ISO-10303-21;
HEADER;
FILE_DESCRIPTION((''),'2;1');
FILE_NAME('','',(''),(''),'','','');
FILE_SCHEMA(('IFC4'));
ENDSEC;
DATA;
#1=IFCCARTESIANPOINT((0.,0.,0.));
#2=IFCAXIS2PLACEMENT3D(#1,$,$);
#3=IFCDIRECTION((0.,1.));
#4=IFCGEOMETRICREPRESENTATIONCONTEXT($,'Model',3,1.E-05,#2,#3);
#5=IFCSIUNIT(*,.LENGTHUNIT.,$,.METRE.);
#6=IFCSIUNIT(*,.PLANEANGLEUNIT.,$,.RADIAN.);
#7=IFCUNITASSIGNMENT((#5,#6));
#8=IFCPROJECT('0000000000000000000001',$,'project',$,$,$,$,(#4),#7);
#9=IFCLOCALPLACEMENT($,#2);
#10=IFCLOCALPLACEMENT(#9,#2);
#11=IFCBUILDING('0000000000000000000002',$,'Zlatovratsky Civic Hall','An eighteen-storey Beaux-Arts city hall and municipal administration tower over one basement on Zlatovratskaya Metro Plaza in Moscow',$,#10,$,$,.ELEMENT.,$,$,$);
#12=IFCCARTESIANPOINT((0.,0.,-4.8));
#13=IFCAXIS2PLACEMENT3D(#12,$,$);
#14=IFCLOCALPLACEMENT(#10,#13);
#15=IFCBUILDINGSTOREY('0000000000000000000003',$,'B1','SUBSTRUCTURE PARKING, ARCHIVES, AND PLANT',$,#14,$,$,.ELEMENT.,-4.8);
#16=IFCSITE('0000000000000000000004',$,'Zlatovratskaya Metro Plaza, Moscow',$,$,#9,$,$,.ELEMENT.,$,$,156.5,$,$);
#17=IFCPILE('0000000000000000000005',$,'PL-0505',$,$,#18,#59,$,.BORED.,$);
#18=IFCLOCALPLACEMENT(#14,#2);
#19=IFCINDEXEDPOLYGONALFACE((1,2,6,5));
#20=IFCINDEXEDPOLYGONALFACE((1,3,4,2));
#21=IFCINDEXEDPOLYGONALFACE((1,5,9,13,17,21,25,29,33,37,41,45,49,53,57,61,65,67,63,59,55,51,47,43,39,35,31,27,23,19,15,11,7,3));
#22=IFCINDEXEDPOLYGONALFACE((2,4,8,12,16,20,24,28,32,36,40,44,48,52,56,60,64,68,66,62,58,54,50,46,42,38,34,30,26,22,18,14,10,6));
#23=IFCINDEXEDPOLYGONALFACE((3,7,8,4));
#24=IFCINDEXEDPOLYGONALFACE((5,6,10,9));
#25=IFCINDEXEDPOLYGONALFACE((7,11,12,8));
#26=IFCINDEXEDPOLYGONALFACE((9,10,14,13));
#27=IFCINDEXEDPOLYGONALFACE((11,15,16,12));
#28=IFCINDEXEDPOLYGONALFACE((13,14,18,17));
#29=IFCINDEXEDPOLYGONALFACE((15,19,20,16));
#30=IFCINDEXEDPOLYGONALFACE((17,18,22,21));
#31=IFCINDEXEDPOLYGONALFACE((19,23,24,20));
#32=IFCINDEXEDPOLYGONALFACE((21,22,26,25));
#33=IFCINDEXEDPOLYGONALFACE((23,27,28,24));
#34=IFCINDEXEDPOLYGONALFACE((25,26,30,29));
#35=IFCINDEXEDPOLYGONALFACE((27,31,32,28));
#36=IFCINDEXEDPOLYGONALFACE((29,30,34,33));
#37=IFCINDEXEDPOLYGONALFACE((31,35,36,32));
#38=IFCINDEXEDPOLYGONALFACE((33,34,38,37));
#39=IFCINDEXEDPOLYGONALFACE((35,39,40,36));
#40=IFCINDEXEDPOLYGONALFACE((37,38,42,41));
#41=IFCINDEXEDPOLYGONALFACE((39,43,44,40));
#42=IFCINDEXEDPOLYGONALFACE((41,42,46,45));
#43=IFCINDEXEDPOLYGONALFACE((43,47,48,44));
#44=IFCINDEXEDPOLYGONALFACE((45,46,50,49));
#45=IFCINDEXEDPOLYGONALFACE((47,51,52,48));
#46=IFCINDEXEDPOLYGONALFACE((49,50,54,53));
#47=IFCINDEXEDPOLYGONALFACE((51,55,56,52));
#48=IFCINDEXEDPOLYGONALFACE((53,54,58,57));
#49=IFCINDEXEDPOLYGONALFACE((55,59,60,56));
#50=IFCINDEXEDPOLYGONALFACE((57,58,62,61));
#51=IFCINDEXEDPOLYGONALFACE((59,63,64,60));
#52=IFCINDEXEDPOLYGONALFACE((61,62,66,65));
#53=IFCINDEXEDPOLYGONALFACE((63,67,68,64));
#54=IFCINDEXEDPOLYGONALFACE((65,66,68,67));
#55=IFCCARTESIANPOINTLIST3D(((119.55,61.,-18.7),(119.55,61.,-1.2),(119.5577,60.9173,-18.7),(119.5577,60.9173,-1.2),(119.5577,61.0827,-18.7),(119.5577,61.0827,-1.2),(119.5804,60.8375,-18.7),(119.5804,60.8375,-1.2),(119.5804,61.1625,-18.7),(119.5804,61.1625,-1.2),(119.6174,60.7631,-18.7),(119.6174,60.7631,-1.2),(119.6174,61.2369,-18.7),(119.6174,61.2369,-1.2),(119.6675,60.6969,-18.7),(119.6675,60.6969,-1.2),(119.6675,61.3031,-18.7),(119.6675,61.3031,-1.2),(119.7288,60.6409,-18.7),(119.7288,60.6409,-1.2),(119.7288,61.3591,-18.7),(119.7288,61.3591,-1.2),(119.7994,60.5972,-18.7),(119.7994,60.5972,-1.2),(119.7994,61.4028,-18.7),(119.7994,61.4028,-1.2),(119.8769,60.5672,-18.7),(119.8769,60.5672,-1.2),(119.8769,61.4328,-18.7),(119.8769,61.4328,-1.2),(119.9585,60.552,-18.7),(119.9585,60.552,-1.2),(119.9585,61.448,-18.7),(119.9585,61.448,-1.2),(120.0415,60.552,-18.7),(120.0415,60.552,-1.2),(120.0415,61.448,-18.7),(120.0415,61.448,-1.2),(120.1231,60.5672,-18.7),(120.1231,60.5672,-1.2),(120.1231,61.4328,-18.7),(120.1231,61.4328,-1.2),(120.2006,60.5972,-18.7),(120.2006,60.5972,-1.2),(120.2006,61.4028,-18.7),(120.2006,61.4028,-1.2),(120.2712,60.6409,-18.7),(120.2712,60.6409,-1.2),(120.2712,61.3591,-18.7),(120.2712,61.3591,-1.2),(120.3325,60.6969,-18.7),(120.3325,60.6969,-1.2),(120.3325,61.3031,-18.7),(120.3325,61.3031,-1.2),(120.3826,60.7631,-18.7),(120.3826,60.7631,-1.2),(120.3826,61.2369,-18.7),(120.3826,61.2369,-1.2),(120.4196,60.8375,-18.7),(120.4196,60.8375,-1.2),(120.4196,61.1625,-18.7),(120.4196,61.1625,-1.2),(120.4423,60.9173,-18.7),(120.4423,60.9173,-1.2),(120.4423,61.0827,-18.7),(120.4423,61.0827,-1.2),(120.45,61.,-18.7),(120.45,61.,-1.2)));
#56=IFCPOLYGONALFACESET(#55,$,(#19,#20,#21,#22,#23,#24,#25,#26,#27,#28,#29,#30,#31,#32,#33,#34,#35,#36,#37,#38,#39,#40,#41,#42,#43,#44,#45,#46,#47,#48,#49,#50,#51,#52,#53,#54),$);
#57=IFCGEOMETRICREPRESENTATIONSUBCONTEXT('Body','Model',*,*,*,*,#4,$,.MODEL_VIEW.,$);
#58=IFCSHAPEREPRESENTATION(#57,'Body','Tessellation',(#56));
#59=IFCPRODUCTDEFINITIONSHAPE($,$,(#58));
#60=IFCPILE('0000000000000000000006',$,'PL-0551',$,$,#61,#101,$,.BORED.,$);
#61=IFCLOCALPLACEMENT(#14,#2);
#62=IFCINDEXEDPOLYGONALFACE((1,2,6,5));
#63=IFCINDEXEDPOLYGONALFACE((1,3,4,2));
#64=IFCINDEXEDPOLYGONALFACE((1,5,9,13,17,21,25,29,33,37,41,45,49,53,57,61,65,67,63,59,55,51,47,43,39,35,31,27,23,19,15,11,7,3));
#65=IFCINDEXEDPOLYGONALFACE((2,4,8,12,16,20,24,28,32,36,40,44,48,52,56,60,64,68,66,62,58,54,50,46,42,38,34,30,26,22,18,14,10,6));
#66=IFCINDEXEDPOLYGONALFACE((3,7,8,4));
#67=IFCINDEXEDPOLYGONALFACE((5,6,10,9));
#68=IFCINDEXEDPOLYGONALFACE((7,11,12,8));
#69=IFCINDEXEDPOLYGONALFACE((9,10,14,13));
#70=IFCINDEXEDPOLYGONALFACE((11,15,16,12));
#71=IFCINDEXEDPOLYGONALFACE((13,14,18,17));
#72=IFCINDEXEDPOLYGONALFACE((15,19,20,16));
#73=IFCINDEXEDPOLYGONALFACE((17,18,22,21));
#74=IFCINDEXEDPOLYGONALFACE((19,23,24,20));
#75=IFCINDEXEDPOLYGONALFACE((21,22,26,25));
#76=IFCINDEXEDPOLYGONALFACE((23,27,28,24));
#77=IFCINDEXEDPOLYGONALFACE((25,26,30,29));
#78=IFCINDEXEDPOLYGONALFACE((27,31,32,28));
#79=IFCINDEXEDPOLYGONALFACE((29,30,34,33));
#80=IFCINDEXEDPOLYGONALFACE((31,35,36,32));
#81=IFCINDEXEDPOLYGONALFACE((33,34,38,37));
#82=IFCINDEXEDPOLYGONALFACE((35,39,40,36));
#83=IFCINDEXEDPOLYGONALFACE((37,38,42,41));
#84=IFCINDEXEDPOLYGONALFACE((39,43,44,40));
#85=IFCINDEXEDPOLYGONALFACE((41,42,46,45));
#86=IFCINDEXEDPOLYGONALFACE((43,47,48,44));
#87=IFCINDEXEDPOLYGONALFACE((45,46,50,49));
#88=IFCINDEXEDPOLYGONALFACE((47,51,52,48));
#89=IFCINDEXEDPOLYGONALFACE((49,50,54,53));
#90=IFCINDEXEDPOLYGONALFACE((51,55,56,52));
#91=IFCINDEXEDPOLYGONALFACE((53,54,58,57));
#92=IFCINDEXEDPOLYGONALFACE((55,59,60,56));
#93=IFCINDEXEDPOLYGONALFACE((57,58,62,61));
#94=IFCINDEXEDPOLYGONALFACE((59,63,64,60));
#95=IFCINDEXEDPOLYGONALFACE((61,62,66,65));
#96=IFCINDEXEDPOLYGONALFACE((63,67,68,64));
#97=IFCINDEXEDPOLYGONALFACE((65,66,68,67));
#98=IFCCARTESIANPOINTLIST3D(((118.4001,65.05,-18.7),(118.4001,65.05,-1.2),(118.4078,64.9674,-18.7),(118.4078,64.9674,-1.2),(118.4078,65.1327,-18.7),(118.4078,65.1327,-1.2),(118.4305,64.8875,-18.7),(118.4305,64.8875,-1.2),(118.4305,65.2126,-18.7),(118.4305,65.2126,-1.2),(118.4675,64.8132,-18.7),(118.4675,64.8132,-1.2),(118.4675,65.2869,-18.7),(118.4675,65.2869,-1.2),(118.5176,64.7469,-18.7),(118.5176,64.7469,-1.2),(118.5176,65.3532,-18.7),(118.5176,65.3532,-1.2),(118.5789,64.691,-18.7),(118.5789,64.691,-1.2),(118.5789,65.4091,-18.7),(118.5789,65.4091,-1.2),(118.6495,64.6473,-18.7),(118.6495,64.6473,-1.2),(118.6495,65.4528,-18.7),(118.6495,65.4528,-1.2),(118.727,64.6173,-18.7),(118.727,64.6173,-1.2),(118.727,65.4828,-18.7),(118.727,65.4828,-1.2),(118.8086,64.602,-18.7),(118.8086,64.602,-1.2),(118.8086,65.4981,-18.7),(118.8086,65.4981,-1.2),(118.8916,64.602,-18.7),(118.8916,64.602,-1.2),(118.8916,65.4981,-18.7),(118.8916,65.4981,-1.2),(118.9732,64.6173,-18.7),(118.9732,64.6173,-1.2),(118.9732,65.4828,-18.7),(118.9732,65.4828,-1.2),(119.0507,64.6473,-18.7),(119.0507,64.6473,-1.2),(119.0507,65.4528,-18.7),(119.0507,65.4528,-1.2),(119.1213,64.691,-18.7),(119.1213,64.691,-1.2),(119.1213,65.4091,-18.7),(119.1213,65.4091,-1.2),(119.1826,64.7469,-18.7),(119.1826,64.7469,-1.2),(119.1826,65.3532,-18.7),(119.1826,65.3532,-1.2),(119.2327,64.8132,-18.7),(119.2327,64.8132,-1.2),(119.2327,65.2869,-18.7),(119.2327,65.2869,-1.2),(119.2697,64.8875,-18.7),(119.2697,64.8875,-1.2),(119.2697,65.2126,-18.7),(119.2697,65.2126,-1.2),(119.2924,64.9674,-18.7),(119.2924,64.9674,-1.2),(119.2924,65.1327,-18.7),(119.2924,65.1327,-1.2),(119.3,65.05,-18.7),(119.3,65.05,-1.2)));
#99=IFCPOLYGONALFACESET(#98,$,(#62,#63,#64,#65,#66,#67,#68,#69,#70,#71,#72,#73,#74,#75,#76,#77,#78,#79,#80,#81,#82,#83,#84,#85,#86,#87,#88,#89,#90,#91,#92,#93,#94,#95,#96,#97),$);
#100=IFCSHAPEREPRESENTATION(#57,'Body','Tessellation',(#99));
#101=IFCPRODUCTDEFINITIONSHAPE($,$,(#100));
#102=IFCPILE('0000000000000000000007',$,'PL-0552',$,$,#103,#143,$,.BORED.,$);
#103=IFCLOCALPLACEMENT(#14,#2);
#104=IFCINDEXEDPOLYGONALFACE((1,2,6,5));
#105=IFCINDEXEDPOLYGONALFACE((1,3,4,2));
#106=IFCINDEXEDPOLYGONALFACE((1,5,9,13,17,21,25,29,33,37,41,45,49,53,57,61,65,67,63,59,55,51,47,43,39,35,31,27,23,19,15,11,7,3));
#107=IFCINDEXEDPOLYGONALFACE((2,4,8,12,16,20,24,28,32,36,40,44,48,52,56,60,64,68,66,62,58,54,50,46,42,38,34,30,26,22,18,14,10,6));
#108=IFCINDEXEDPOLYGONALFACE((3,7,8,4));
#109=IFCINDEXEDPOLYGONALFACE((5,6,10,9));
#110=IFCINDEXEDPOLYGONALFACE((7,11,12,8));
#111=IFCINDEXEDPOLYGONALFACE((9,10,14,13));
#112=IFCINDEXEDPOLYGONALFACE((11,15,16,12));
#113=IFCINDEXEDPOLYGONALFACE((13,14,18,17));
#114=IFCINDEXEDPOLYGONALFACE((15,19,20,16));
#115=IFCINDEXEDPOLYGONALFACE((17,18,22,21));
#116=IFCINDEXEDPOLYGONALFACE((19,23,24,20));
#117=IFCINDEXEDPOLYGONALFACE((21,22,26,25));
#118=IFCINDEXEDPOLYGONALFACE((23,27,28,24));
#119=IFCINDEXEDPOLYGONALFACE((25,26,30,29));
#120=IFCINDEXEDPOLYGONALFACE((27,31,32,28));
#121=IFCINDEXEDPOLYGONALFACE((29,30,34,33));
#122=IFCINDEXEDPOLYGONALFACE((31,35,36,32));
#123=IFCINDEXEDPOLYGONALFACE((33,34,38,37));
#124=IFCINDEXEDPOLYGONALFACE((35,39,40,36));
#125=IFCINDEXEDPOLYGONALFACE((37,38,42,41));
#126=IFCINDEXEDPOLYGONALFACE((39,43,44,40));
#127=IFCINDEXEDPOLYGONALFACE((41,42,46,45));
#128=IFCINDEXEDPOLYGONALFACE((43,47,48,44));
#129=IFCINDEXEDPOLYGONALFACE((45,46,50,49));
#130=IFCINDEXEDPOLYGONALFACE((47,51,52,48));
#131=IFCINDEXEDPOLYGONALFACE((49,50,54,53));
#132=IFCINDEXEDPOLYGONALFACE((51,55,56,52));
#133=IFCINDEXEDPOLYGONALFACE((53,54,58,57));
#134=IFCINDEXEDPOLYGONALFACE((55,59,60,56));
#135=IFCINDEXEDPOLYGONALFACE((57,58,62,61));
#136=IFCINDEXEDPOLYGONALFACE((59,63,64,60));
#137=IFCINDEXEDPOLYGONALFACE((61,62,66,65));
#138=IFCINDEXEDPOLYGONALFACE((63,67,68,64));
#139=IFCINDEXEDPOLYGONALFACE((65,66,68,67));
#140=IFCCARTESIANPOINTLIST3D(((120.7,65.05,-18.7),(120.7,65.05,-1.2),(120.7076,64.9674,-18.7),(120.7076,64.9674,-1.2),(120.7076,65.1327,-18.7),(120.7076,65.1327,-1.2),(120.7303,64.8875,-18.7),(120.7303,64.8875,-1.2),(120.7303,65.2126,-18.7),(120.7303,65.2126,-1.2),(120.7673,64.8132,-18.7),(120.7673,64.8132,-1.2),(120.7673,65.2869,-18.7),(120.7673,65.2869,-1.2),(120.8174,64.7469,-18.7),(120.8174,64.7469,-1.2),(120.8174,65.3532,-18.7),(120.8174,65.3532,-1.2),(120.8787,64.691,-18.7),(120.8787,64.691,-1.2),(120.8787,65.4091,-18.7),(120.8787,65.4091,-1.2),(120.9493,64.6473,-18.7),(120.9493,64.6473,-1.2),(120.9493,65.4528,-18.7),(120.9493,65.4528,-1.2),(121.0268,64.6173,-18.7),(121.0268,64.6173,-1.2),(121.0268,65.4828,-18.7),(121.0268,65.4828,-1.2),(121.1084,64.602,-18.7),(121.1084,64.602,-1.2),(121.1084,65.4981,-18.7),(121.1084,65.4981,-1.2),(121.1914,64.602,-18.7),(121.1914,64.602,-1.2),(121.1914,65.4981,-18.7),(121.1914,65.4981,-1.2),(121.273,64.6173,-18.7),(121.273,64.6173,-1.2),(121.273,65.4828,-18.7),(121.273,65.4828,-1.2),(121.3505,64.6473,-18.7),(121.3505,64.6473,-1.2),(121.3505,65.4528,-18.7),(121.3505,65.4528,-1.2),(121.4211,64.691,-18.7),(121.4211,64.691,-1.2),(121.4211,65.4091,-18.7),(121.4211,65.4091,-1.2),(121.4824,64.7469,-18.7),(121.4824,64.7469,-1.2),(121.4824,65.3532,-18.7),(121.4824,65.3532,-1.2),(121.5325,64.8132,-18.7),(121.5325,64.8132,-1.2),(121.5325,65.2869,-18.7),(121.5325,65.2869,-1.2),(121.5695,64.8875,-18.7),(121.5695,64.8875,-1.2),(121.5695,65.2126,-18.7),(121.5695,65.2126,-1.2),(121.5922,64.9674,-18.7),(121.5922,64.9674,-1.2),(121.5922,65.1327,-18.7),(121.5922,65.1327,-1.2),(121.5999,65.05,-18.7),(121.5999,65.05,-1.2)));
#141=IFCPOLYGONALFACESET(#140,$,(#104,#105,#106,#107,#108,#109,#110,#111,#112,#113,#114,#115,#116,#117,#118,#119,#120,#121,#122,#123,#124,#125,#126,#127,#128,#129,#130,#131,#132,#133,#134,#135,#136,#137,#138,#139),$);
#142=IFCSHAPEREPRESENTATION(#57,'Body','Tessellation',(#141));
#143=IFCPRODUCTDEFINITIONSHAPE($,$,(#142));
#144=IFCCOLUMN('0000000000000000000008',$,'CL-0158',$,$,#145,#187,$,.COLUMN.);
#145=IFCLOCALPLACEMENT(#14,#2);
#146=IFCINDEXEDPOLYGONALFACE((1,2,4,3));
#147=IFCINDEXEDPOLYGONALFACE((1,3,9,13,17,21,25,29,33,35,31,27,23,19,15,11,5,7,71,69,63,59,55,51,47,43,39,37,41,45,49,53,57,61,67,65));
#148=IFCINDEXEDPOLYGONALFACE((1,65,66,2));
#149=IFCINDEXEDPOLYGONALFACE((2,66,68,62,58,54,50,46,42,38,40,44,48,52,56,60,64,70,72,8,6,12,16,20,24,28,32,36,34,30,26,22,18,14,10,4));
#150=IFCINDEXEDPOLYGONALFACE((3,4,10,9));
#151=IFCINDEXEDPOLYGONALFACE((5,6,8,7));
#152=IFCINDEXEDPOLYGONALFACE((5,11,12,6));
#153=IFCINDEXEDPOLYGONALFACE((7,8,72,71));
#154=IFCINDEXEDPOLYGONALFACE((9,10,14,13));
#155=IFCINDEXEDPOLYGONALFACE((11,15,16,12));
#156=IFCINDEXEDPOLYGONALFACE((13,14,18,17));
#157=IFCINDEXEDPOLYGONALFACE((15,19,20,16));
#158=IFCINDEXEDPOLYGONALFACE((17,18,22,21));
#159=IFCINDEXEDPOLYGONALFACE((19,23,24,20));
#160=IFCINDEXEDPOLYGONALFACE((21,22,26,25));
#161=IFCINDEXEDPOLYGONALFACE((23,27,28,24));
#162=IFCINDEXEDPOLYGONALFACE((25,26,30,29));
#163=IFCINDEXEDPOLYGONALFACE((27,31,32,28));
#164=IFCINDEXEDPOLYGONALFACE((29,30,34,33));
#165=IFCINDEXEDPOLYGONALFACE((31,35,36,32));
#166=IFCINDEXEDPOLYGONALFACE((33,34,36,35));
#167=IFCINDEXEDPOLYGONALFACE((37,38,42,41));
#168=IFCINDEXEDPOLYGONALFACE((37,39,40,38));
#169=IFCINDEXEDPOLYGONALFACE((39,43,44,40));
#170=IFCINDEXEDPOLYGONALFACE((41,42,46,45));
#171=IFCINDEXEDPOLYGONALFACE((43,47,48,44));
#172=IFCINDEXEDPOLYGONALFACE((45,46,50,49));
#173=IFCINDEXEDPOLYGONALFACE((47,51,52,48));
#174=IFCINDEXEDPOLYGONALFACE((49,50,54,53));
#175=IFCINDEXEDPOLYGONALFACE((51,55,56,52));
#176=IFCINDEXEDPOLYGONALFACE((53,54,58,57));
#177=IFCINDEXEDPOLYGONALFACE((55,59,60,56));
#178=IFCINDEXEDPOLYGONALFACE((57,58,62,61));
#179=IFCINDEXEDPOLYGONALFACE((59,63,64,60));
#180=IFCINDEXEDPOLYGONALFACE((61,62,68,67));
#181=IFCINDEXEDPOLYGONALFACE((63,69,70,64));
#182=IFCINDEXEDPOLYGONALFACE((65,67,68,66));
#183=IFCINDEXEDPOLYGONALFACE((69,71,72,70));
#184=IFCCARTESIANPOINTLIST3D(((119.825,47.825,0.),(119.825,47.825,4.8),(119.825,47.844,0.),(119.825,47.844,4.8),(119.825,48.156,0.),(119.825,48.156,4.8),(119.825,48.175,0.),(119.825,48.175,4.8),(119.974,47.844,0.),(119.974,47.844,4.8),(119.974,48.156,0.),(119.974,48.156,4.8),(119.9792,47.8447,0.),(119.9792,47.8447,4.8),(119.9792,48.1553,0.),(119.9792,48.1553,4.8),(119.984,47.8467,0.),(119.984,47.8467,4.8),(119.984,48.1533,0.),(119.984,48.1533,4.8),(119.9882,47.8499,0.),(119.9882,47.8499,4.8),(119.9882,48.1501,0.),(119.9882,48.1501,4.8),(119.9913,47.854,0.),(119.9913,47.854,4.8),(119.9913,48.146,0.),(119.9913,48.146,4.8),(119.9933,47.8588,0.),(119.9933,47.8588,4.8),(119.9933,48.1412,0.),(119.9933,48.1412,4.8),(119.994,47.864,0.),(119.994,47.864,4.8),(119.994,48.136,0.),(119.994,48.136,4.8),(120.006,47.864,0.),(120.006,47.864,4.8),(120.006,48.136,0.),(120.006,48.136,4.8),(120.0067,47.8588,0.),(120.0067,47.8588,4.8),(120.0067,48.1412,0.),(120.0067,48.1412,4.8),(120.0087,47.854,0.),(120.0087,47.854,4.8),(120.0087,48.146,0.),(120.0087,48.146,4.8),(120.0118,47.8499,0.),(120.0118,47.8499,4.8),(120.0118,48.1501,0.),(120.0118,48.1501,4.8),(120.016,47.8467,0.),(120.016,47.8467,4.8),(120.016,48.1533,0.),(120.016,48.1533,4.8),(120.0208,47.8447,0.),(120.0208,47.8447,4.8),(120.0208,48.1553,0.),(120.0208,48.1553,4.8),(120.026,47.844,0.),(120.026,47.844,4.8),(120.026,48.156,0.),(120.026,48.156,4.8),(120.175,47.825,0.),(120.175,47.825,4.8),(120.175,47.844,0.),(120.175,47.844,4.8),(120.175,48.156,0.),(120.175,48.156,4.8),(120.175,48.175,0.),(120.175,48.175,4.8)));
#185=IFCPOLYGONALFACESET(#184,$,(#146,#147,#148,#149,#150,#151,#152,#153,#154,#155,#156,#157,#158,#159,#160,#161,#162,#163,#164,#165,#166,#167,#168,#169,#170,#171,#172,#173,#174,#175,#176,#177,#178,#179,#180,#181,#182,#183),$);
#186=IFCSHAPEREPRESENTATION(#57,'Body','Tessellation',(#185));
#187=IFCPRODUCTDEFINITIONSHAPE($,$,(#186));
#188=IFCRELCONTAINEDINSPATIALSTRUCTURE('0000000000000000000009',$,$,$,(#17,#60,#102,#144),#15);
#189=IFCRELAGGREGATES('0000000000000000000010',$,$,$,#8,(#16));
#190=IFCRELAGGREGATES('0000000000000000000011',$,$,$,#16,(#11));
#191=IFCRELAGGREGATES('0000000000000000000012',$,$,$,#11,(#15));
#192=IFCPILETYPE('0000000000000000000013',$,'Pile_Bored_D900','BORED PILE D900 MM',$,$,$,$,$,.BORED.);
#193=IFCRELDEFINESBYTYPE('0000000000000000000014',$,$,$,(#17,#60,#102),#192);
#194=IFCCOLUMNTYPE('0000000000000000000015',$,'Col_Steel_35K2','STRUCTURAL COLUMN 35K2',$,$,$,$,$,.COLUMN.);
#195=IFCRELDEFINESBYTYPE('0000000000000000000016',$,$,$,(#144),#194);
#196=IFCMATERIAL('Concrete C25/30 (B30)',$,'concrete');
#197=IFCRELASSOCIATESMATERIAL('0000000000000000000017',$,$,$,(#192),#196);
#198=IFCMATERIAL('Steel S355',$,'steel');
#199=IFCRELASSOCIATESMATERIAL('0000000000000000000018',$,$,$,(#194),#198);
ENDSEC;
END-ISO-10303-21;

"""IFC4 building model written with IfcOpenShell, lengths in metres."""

from ifc_helpers import new_model, si_unit, direction, frame, origin, origin_2d, place, context, subcontext, project, spatial, circle, i_section, extrude, material, material_profile, profile_set, type_object, element, save


model = new_model("IFC4")

# Units and contexts
model_context = context("Model", 3, precision=1e-05, world=origin(), true_north=direction((0.0, 1.0)))
body_context = subcontext(model_context, "Body", "Model", "MODEL_VIEW")
ifc_project = project(units=[si_unit("LENGTHUNIT", "METRE"), si_unit("PLANEANGLEUNIT", "RADIAN")], contexts=[model_context])

# Site, building, storey
site_placement = place(None, origin())
site = spatial("IfcSite", under=ifc_project, at=site_placement, Name="Zlatovratskaya Metro Plaza, Moscow", CompositionType="ELEMENT", RefElevation=156.5)
building_placement = place(site_placement, origin())
building = spatial("IfcBuilding", under=site, at=building_placement, Name="Zlatovratsky Civic Hall", Description="An eighteen-storey Beaux-Arts city hall and municipal administration tower over one basement on Zlatovratskaya Metro Plaza in Moscow", CompositionType="ELEMENT")
storey_placement = place(building_placement, frame((0.0, 0.0, -4.8)))
storey = spatial("IfcBuildingStorey", under=building, at=storey_placement, Name="B1", Description="SUBSTRUCTURE PARKING, ARCHIVES, AND PLANT", CompositionType="ELEMENT", Elevation=-4.8)

# Shared definitions
ifc_material_1 = material(Name="Concrete C25/30 (B30)", Category="concrete")

# Piles
ifc_material_profile_1 = material_profile(ifc_material_1, circle(Radius=0.45, at=origin_2d()), Name="PILE D900")
ifc_profile_set_1 = profile_set([ifc_material_profile_1], Name="Concrete C25/30 (B30)")
pile_type_1 = type_object("IfcPileType", Name="Pile_Bored_D900", Description="BORED PILE D900 MM", PredefinedType="BORED", material=ifc_profile_set_1)
for number, where, z_axis, x_axis, name in (
    (1, (120.0, 61.0, -1.2), (0.0, 0.0, -1.0), (1.0, 0.0, 0.0), "PL-0505"),
    (2, (118.8501, 65.05, -1.2), (0.0, 0.0, -1.0), (1.0, 0.0, 0.0), "PL-0551"),
    (3, (121.1499, 65.05, -1.2), (0.0, 0.0, -1.0), (1.0, 0.0, 0.0), "PL-0552"),
):
    element("IfcPile", number, at=place(storey_placement, frame(where, z_axis=z_axis, x_axis=x_axis)), inside=storey, type_object=pile_type_1, Name=name, PredefinedType="BORED", context=body_context, shape_type="SweptSolid", body=[
        extrude(circle(Radius=0.45, at=origin_2d()), origin(), (0.0, 0.0, 1.0), 17.5),
    ])

# Column
ifc_material_2 = material(Name="Steel S355", Category="steel")
ifc_material_profile_2 = material_profile(ifc_material_2, i_section(OverallWidth=0.3501, OverallDepth=0.3501, WebThickness=0.012, FlangeThickness=0.019, FilletRadius=0.02, at=origin_2d()), Name="35K2")
ifc_profile_set_2 = profile_set([ifc_material_profile_2], Name="Steel S355")
column_type = type_object("IfcColumnType", Name="Col_Steel_35K2", Description="STRUCTURAL COLUMN 35K2", PredefinedType="COLUMN", material=ifc_profile_set_2)
for number, where, z_axis, x_axis, name in (
    (4, (120.0, 48.0, 0.0), (0.0, 0.0, 1.0), (1.0, 0.0, 0.0), "CL-0158"),
):
    element("IfcColumn", number, at=place(storey_placement, frame(where, z_axis=z_axis, x_axis=x_axis)), inside=storey, type_object=column_type, Name=name, PredefinedType="COLUMN", context=body_context, shape_type="SweptSolid", body=[
        extrude(i_section(OverallWidth=0.3501, OverallDepth=0.3501, WebThickness=0.012, FlangeThickness=0.019, FilletRadius=0.02, at=origin_2d()), origin(), (0.0, 0.0, 1.0), 4.8),
    ])

save(model, "model.ifc")
